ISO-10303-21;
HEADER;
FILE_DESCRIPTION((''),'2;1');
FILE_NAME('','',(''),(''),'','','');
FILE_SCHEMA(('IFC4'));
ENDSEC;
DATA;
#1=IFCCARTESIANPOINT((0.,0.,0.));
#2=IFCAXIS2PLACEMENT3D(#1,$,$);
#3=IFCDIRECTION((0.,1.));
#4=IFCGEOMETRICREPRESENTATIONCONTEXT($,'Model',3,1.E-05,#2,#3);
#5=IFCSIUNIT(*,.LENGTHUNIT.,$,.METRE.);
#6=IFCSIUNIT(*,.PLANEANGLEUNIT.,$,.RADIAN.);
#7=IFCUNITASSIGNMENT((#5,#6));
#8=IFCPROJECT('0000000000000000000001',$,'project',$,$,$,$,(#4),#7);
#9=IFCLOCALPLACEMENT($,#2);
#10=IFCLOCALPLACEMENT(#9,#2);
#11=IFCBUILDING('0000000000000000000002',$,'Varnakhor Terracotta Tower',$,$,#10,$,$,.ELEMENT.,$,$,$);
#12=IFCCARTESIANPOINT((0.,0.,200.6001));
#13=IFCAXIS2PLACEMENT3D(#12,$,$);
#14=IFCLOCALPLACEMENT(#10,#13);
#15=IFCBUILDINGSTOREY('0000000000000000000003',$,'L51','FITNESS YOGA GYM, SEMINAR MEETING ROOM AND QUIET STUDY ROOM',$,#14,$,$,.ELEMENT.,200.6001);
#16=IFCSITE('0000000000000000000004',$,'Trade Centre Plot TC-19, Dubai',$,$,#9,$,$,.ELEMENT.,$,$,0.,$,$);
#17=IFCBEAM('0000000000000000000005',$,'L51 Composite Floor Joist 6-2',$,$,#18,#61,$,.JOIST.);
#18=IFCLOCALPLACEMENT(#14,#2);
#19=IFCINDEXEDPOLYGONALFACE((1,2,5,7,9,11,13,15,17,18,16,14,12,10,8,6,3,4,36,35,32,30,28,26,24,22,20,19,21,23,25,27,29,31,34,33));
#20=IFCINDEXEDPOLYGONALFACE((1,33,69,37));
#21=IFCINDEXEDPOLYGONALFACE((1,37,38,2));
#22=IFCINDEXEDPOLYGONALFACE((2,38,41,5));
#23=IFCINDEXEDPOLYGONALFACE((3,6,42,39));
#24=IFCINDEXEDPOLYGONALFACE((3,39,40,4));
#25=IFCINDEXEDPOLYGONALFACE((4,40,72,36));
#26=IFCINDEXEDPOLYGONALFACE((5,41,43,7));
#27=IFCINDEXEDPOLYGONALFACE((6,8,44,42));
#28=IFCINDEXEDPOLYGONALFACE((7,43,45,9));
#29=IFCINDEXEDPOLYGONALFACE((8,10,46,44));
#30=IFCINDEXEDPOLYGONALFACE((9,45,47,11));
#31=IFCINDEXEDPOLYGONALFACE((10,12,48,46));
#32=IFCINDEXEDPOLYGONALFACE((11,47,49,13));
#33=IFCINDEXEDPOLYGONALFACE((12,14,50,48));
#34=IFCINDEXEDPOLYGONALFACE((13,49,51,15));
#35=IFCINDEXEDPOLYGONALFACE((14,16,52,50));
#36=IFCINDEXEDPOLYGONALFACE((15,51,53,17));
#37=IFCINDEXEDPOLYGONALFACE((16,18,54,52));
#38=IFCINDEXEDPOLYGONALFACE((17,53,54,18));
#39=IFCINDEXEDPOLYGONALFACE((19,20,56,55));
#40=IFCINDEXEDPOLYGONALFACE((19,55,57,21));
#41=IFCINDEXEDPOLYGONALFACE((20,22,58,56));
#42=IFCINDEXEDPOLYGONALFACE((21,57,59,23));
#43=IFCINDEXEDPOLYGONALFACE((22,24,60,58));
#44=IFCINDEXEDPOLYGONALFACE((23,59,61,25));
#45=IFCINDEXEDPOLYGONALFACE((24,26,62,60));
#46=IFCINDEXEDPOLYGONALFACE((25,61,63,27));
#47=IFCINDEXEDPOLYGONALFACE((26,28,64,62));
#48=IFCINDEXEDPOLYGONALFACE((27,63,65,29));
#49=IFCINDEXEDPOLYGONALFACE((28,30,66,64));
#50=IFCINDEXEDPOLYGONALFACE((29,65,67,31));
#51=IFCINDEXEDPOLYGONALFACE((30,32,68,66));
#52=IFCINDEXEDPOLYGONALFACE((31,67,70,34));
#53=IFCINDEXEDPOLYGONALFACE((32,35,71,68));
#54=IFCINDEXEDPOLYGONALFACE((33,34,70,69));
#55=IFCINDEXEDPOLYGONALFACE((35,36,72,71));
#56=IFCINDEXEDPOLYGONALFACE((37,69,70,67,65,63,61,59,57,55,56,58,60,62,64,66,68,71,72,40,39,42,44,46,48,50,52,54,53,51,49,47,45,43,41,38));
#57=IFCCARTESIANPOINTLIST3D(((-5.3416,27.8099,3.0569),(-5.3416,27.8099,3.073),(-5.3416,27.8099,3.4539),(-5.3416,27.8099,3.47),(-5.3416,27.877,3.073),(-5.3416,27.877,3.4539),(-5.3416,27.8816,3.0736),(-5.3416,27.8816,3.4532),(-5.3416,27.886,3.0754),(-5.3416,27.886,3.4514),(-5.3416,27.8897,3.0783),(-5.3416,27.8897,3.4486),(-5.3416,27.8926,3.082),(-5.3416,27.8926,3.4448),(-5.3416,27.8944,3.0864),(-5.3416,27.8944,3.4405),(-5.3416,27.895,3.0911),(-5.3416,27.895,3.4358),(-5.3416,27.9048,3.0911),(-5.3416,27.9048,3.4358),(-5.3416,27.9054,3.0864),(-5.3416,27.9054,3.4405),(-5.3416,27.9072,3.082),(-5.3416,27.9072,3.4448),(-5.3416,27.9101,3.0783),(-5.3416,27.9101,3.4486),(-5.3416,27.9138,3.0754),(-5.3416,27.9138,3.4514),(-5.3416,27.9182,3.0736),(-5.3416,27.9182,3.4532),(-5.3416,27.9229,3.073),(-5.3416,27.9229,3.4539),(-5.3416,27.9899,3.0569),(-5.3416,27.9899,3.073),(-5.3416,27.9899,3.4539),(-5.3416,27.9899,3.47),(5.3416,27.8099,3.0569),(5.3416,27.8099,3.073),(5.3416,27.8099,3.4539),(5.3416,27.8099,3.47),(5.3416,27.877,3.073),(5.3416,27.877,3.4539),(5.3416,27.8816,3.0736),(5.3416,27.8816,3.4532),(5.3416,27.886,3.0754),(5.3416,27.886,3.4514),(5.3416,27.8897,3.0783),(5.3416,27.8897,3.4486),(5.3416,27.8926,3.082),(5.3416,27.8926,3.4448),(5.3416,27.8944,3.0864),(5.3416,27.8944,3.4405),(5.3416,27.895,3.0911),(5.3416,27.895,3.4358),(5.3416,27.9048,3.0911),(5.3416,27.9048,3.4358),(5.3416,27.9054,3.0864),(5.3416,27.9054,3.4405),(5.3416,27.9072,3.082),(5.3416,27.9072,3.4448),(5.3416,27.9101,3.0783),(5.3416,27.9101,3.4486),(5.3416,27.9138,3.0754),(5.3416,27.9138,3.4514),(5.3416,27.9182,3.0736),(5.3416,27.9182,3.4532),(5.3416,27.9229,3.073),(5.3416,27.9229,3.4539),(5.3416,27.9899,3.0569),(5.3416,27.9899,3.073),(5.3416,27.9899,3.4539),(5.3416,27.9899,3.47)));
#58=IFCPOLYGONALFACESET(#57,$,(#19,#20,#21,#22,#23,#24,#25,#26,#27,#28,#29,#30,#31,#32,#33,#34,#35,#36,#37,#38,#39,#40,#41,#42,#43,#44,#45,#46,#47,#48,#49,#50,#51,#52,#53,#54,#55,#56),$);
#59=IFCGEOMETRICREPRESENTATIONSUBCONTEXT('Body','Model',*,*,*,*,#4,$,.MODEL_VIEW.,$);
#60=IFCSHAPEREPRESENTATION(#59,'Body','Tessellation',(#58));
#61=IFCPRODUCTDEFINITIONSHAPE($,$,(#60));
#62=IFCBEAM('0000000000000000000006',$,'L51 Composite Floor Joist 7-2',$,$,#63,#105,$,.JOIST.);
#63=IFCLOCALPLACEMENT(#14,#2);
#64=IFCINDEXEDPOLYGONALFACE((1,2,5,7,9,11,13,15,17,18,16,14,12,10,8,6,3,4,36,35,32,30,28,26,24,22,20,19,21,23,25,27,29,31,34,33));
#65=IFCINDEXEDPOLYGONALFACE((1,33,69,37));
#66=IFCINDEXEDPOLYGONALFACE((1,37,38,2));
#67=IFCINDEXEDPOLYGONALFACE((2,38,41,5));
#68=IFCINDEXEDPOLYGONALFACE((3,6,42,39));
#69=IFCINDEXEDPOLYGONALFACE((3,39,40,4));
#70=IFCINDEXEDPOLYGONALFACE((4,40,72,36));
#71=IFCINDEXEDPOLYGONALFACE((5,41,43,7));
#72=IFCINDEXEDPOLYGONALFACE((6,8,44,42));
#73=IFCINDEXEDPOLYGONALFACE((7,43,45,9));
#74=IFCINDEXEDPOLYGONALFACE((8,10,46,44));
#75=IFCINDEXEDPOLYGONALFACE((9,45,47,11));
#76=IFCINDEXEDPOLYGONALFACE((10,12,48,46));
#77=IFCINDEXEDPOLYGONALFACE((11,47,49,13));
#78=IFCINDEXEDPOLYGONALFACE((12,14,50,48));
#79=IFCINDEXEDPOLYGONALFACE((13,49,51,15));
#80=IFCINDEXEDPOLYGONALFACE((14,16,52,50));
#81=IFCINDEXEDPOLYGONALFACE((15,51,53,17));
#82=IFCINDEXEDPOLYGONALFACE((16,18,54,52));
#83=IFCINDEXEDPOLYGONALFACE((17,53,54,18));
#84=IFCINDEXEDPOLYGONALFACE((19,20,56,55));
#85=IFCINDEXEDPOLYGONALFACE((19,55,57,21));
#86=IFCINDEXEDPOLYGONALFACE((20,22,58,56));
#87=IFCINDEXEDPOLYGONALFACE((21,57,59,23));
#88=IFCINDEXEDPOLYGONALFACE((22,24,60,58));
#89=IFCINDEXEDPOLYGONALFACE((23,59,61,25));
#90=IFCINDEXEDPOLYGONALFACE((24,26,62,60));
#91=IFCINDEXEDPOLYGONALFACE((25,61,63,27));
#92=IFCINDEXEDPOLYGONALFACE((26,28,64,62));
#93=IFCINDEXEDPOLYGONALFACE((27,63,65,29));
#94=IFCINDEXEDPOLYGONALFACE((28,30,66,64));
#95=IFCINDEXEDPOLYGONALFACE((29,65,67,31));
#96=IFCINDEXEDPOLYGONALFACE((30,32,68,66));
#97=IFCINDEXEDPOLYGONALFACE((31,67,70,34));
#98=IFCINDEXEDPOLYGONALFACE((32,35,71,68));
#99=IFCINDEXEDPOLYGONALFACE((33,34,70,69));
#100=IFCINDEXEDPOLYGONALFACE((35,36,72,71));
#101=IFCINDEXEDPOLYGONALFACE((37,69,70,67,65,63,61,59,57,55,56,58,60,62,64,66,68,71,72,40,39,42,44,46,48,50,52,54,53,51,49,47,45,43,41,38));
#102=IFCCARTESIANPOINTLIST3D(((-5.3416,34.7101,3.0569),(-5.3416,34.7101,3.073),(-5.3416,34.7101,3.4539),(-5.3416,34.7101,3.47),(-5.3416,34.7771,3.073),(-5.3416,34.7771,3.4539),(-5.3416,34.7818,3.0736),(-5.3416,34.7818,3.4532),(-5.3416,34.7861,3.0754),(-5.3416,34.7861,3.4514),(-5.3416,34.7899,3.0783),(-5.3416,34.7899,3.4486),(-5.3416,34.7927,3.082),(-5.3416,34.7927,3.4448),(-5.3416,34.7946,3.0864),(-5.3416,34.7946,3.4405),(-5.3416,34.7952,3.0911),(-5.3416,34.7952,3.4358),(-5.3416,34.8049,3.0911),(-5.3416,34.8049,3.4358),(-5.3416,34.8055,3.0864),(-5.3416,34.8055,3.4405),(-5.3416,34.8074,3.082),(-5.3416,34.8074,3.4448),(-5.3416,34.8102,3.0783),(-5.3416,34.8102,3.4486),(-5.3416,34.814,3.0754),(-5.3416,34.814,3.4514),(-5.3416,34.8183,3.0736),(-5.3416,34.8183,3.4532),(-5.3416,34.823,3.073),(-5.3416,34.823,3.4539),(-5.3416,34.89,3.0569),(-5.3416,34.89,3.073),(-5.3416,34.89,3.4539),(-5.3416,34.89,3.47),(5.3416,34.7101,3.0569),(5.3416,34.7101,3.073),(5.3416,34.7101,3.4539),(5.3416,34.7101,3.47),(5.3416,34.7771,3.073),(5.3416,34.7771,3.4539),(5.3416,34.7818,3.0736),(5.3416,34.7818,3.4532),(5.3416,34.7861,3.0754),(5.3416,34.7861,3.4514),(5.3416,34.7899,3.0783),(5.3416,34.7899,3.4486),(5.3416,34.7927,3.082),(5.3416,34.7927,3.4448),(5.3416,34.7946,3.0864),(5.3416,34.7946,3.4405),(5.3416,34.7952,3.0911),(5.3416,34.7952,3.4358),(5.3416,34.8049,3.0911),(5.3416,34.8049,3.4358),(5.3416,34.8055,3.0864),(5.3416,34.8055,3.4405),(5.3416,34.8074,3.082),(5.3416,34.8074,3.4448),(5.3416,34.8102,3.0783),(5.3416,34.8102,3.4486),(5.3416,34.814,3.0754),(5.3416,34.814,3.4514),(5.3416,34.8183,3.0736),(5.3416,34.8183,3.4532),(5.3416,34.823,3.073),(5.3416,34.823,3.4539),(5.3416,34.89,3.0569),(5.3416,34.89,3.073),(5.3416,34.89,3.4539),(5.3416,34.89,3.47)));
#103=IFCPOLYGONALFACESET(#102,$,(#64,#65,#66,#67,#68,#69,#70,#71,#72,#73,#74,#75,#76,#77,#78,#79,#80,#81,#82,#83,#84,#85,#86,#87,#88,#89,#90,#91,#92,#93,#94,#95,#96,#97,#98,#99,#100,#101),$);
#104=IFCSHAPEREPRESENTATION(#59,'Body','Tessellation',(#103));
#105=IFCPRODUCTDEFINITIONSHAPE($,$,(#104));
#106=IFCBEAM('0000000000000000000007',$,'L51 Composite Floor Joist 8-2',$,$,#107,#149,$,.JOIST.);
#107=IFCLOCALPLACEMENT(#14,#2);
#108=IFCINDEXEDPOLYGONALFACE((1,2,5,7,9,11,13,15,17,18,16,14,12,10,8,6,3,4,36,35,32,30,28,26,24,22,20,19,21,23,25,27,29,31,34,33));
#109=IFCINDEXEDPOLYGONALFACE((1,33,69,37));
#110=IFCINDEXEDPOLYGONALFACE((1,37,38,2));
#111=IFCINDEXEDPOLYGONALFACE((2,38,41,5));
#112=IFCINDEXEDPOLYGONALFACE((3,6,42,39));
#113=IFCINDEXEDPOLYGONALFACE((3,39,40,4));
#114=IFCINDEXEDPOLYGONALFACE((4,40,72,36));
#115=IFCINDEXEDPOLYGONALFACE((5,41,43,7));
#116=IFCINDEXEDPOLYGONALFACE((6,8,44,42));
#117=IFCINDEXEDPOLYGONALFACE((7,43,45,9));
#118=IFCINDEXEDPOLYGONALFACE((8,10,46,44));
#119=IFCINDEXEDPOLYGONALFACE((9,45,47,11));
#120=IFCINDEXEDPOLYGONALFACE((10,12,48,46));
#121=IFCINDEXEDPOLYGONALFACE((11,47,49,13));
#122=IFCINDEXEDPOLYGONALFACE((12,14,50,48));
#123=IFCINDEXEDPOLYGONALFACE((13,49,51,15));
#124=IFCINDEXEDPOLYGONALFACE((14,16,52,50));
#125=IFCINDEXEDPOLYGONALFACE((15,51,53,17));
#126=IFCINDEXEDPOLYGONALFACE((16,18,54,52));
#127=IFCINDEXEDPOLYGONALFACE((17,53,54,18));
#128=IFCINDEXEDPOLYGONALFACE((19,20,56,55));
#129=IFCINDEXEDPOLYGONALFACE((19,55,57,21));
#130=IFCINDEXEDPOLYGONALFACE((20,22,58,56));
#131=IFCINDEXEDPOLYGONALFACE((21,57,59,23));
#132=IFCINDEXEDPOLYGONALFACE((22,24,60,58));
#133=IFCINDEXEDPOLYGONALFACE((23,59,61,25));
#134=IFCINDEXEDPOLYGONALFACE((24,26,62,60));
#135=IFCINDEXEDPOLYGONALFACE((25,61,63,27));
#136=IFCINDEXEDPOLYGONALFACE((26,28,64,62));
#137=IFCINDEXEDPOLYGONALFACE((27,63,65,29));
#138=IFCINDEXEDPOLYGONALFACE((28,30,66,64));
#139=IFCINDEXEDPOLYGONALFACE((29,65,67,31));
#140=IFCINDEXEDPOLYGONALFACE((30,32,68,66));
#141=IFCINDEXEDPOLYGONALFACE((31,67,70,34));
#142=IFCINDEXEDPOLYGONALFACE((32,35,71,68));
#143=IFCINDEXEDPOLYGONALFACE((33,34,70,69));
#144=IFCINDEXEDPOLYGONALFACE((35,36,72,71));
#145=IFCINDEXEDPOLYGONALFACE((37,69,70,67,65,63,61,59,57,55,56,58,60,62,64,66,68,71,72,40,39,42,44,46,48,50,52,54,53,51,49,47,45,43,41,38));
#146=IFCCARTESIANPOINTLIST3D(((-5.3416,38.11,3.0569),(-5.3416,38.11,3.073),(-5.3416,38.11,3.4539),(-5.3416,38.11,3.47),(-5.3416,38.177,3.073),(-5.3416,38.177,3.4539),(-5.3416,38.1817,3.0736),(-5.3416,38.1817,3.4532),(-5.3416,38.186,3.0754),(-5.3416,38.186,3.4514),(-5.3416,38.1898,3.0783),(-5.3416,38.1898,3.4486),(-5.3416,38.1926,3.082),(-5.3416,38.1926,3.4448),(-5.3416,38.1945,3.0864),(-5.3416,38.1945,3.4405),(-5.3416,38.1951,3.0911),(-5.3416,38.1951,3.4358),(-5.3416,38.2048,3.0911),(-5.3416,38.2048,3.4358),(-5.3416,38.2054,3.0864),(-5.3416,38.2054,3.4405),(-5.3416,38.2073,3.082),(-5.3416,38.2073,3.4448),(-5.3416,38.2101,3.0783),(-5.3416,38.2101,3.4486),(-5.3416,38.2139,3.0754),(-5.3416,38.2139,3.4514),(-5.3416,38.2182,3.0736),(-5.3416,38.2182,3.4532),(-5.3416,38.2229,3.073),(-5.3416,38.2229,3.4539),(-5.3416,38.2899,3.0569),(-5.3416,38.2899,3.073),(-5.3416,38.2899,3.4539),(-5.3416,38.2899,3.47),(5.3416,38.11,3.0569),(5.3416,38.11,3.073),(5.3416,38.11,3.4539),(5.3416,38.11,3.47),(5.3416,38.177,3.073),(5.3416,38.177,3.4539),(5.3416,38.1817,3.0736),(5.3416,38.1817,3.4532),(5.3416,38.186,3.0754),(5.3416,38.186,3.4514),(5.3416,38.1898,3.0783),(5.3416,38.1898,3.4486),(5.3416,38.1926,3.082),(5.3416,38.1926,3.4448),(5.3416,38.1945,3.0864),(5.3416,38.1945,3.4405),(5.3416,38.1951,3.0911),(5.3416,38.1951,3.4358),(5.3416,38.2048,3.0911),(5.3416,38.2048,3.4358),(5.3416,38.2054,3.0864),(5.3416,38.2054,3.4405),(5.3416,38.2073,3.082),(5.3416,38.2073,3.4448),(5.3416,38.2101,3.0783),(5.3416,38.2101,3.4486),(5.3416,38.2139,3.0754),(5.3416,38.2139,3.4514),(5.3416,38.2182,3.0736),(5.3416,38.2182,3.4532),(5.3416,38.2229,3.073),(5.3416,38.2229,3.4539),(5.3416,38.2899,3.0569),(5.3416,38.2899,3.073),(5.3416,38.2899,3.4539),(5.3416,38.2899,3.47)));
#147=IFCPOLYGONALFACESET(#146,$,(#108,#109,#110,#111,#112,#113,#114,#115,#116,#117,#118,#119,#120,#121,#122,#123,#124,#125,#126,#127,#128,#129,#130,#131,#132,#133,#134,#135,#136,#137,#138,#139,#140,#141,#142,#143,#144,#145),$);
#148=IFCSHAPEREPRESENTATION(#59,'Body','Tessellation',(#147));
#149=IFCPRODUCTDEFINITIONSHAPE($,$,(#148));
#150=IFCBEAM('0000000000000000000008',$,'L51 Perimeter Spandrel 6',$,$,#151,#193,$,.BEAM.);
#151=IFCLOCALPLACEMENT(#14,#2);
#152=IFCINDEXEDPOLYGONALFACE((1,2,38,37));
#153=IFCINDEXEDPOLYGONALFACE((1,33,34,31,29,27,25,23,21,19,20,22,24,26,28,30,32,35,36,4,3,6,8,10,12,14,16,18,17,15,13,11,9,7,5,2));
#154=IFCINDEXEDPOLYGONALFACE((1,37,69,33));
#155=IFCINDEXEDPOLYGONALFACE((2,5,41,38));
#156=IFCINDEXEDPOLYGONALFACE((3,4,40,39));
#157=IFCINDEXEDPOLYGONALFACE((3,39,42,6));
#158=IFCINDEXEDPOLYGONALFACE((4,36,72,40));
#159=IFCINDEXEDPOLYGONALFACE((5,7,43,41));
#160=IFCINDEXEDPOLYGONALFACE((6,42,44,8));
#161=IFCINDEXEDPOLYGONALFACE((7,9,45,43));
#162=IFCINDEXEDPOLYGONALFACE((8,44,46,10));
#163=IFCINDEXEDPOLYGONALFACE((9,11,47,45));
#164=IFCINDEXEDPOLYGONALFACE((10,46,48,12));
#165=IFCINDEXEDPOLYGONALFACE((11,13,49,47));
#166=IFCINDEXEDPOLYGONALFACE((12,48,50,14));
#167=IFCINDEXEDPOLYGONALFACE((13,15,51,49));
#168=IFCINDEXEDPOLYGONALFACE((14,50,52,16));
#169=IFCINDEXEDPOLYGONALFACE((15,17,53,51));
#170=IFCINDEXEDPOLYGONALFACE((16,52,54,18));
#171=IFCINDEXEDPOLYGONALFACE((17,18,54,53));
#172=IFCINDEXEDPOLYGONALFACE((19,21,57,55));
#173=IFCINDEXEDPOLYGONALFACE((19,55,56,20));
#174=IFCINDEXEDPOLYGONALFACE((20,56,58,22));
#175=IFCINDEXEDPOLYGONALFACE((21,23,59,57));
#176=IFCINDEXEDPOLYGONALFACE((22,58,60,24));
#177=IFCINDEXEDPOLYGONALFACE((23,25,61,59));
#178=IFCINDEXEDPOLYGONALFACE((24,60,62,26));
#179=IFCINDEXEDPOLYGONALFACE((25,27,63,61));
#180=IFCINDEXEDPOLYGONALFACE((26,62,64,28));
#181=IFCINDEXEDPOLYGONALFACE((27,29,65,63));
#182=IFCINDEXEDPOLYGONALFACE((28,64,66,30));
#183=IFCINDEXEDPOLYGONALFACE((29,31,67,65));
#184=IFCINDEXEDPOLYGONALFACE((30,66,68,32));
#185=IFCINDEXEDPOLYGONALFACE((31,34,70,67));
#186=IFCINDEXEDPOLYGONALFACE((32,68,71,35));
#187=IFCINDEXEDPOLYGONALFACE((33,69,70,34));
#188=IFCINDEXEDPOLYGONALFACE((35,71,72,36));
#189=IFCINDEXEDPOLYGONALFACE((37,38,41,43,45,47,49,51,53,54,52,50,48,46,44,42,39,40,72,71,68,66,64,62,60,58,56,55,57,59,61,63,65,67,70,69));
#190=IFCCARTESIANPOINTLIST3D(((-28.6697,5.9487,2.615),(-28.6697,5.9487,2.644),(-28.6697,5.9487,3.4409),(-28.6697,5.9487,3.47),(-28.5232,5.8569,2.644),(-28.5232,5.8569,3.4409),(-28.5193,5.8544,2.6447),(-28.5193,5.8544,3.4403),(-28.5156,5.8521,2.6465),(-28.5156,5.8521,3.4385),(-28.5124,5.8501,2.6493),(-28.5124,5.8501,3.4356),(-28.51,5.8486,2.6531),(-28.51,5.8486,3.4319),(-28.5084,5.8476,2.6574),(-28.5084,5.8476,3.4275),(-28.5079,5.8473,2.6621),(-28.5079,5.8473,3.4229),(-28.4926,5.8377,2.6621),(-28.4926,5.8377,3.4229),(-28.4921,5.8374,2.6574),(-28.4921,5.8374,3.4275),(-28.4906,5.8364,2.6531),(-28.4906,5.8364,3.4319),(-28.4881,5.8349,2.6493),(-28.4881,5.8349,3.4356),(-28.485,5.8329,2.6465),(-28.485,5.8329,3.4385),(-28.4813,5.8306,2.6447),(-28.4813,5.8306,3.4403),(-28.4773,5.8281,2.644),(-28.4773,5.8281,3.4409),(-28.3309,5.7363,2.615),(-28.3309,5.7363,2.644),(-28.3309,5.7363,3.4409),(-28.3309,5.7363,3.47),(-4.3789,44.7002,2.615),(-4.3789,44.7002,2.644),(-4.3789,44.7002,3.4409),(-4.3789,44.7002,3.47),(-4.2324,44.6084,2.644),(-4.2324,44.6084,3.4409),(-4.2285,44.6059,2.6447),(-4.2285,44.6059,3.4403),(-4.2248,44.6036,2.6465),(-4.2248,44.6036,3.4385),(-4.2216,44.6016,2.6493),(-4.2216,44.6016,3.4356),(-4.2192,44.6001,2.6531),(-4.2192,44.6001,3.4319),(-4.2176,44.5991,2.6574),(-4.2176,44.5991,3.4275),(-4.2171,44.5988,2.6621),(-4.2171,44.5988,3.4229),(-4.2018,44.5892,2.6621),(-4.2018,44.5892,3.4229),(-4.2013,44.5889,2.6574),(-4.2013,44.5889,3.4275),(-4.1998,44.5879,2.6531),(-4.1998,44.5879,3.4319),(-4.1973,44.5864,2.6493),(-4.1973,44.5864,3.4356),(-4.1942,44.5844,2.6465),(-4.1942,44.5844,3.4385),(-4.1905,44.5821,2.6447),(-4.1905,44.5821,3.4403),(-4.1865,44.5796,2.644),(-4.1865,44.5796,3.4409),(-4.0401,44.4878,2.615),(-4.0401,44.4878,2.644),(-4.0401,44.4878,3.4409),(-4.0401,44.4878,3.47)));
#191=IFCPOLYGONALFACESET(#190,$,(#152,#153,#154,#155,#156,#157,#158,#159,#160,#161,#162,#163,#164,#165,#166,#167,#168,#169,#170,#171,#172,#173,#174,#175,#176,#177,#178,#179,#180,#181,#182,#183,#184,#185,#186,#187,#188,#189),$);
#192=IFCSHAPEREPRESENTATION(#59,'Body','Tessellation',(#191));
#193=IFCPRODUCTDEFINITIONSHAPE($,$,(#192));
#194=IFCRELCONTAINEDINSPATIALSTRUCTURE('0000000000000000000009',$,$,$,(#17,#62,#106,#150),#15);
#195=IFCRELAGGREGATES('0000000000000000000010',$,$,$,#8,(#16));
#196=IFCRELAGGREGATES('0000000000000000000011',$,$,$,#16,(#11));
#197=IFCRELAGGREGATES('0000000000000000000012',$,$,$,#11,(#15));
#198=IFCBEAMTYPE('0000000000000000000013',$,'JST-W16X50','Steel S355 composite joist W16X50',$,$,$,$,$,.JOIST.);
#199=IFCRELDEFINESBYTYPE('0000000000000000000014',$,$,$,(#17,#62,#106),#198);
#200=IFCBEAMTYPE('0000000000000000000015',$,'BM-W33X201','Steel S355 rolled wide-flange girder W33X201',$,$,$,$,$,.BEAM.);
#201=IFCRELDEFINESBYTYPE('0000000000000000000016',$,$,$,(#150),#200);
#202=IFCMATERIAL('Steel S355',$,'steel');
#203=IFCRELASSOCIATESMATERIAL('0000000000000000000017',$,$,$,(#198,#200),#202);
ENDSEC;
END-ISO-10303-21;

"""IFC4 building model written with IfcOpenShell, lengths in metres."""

from ifc_helpers import new_model, si_unit, direction, frame, origin, origin_2d, place, context, subcontext, project, spatial, i_section, extrude, source, transform, mapped, material, material_profile, profile_set, type_object, element, save


model = new_model("IFC4")

# Units and contexts
model_context = context("Model", 3, precision=1e-05, world=origin(), true_north=direction((0.0, 1.0)))
body_context = subcontext(model_context, "Body", "Model", "MODEL_VIEW")
ifc_project = project(units=[si_unit("LENGTHUNIT", "METRE"), si_unit("PLANEANGLEUNIT", "RADIAN")], contexts=[model_context])

# Site, building, storey
site_placement = place(None, origin())
site = spatial("IfcSite", under=ifc_project, at=site_placement, Name="Trade Centre Plot TC-19, Dubai", CompositionType="ELEMENT", RefElevation=0.0)
building_placement = place(site_placement, origin())
building = spatial("IfcBuilding", under=site, at=building_placement, Name="Varnakhor Terracotta Tower", CompositionType="ELEMENT")
storey_placement = place(building_placement, frame((0.0, 0.0, 200.6001)))
storey = spatial("IfcBuildingStorey", under=building, at=storey_placement, Name="L51", Description="FITNESS YOGA GYM, SEMINAR MEETING ROOM AND QUIET STUDY ROOM", CompositionType="ELEMENT", Elevation=200.6001)

# Beams
ifc_material_1 = material(Name="Steel S355", Category="steel")
ifc_material_profile_1 = material_profile(ifc_material_1, i_section(OverallWidth=0.1799, OverallDepth=0.4131, WebThickness=0.0098, FlangeThickness=0.0161, FilletRadius=0.0181, at=origin_2d()), Name="W16X50")
ifc_profile_set_1 = profile_set([ifc_material_profile_1], Name="Steel S355")
beam_type_1 = type_object("IfcBeamType", Name="JST-W16X50", Description="Steel S355 composite joist W16X50", PredefinedType="JOIST", material=ifc_profile_set_1)
shared_shape_1 = source(origin(), body_context, "Body", "SweptSolid", [
    extrude(i_section(OverallWidth=0.1799, OverallDepth=0.4131, WebThickness=0.0098, FlangeThickness=0.0161, FilletRadius=0.0181, at=origin_2d()), origin(), (0.0, 0.0, 1.0), 10.6831),
])
for number, where, z_axis, x_axis, name in (
    (1, (-5.3416, 27.8999, 3.2634), (1.0, 0.0, 0.0), (0.0, 1.0, 0.0), "L51 Composite Floor Joist 6-2"),
    (2, (-5.3416, 34.8, 3.2634), (1.0, 0.0, 0.0), (0.0, 1.0, 0.0), "L51 Composite Floor Joist 7-2"),
    (3, (-5.3416, 38.2, 3.2634), (1.0, 0.0, 0.0), (0.0, 1.0, 0.0), "L51 Composite Floor Joist 8-2"),
):
    element("IfcBeam", number, at=place(storey_placement, frame(where, z_axis=z_axis, x_axis=x_axis)), inside=storey, type_object=beam_type_1, Name=name, PredefinedType="JOIST", context=body_context, shape_type="MappedRepresentation", body=[
        mapped(shared_shape_1, transform((0.0, 0.0, 0.0), scale=1.0)),
    ])
ifc_material_profile_2 = material_profile(ifc_material_1, i_section(OverallWidth=0.3999, OverallDepth=0.855, WebThickness=0.0181, FlangeThickness=0.0291, FilletRadius=0.0181, at=origin_2d()), Name="W33X201")
ifc_profile_set_2 = profile_set([ifc_material_profile_2], Name="Steel S355")
beam_type_2 = type_object("IfcBeamType", Name="BM-W33X201", Description="Steel S355 rolled wide-flange girder W33X201", PredefinedType="BEAM", material=ifc_profile_set_2)
shared_shape_2 = source(origin(), body_context, "Body", "SweptSolid", [
    extrude(i_section(OverallWidth=0.3999, OverallDepth=0.855, WebThickness=0.0181, FlangeThickness=0.0291, FilletRadius=0.0181, at=origin_2d()), origin(), (0.0, 0.0, 1.0), 45.7354),
])
beam_1_placement = place(storey_placement, frame((-4.2095, 44.594, 3.0425), z_axis=(-0.531116, -0.847299, 0.0), x_axis=(0.847299, -0.531116, 0.0)))
element("IfcBeam", 4, at=beam_1_placement, inside=storey, type_object=beam_type_2, Name="L51 Perimeter Spandrel 6", PredefinedType="BEAM", context=body_context, shape_type="MappedRepresentation", body=[
    mapped(shared_shape_2, transform((0.0, 0.0, 0.0), scale=1.0)),
])

save(model, "model.ifc")
